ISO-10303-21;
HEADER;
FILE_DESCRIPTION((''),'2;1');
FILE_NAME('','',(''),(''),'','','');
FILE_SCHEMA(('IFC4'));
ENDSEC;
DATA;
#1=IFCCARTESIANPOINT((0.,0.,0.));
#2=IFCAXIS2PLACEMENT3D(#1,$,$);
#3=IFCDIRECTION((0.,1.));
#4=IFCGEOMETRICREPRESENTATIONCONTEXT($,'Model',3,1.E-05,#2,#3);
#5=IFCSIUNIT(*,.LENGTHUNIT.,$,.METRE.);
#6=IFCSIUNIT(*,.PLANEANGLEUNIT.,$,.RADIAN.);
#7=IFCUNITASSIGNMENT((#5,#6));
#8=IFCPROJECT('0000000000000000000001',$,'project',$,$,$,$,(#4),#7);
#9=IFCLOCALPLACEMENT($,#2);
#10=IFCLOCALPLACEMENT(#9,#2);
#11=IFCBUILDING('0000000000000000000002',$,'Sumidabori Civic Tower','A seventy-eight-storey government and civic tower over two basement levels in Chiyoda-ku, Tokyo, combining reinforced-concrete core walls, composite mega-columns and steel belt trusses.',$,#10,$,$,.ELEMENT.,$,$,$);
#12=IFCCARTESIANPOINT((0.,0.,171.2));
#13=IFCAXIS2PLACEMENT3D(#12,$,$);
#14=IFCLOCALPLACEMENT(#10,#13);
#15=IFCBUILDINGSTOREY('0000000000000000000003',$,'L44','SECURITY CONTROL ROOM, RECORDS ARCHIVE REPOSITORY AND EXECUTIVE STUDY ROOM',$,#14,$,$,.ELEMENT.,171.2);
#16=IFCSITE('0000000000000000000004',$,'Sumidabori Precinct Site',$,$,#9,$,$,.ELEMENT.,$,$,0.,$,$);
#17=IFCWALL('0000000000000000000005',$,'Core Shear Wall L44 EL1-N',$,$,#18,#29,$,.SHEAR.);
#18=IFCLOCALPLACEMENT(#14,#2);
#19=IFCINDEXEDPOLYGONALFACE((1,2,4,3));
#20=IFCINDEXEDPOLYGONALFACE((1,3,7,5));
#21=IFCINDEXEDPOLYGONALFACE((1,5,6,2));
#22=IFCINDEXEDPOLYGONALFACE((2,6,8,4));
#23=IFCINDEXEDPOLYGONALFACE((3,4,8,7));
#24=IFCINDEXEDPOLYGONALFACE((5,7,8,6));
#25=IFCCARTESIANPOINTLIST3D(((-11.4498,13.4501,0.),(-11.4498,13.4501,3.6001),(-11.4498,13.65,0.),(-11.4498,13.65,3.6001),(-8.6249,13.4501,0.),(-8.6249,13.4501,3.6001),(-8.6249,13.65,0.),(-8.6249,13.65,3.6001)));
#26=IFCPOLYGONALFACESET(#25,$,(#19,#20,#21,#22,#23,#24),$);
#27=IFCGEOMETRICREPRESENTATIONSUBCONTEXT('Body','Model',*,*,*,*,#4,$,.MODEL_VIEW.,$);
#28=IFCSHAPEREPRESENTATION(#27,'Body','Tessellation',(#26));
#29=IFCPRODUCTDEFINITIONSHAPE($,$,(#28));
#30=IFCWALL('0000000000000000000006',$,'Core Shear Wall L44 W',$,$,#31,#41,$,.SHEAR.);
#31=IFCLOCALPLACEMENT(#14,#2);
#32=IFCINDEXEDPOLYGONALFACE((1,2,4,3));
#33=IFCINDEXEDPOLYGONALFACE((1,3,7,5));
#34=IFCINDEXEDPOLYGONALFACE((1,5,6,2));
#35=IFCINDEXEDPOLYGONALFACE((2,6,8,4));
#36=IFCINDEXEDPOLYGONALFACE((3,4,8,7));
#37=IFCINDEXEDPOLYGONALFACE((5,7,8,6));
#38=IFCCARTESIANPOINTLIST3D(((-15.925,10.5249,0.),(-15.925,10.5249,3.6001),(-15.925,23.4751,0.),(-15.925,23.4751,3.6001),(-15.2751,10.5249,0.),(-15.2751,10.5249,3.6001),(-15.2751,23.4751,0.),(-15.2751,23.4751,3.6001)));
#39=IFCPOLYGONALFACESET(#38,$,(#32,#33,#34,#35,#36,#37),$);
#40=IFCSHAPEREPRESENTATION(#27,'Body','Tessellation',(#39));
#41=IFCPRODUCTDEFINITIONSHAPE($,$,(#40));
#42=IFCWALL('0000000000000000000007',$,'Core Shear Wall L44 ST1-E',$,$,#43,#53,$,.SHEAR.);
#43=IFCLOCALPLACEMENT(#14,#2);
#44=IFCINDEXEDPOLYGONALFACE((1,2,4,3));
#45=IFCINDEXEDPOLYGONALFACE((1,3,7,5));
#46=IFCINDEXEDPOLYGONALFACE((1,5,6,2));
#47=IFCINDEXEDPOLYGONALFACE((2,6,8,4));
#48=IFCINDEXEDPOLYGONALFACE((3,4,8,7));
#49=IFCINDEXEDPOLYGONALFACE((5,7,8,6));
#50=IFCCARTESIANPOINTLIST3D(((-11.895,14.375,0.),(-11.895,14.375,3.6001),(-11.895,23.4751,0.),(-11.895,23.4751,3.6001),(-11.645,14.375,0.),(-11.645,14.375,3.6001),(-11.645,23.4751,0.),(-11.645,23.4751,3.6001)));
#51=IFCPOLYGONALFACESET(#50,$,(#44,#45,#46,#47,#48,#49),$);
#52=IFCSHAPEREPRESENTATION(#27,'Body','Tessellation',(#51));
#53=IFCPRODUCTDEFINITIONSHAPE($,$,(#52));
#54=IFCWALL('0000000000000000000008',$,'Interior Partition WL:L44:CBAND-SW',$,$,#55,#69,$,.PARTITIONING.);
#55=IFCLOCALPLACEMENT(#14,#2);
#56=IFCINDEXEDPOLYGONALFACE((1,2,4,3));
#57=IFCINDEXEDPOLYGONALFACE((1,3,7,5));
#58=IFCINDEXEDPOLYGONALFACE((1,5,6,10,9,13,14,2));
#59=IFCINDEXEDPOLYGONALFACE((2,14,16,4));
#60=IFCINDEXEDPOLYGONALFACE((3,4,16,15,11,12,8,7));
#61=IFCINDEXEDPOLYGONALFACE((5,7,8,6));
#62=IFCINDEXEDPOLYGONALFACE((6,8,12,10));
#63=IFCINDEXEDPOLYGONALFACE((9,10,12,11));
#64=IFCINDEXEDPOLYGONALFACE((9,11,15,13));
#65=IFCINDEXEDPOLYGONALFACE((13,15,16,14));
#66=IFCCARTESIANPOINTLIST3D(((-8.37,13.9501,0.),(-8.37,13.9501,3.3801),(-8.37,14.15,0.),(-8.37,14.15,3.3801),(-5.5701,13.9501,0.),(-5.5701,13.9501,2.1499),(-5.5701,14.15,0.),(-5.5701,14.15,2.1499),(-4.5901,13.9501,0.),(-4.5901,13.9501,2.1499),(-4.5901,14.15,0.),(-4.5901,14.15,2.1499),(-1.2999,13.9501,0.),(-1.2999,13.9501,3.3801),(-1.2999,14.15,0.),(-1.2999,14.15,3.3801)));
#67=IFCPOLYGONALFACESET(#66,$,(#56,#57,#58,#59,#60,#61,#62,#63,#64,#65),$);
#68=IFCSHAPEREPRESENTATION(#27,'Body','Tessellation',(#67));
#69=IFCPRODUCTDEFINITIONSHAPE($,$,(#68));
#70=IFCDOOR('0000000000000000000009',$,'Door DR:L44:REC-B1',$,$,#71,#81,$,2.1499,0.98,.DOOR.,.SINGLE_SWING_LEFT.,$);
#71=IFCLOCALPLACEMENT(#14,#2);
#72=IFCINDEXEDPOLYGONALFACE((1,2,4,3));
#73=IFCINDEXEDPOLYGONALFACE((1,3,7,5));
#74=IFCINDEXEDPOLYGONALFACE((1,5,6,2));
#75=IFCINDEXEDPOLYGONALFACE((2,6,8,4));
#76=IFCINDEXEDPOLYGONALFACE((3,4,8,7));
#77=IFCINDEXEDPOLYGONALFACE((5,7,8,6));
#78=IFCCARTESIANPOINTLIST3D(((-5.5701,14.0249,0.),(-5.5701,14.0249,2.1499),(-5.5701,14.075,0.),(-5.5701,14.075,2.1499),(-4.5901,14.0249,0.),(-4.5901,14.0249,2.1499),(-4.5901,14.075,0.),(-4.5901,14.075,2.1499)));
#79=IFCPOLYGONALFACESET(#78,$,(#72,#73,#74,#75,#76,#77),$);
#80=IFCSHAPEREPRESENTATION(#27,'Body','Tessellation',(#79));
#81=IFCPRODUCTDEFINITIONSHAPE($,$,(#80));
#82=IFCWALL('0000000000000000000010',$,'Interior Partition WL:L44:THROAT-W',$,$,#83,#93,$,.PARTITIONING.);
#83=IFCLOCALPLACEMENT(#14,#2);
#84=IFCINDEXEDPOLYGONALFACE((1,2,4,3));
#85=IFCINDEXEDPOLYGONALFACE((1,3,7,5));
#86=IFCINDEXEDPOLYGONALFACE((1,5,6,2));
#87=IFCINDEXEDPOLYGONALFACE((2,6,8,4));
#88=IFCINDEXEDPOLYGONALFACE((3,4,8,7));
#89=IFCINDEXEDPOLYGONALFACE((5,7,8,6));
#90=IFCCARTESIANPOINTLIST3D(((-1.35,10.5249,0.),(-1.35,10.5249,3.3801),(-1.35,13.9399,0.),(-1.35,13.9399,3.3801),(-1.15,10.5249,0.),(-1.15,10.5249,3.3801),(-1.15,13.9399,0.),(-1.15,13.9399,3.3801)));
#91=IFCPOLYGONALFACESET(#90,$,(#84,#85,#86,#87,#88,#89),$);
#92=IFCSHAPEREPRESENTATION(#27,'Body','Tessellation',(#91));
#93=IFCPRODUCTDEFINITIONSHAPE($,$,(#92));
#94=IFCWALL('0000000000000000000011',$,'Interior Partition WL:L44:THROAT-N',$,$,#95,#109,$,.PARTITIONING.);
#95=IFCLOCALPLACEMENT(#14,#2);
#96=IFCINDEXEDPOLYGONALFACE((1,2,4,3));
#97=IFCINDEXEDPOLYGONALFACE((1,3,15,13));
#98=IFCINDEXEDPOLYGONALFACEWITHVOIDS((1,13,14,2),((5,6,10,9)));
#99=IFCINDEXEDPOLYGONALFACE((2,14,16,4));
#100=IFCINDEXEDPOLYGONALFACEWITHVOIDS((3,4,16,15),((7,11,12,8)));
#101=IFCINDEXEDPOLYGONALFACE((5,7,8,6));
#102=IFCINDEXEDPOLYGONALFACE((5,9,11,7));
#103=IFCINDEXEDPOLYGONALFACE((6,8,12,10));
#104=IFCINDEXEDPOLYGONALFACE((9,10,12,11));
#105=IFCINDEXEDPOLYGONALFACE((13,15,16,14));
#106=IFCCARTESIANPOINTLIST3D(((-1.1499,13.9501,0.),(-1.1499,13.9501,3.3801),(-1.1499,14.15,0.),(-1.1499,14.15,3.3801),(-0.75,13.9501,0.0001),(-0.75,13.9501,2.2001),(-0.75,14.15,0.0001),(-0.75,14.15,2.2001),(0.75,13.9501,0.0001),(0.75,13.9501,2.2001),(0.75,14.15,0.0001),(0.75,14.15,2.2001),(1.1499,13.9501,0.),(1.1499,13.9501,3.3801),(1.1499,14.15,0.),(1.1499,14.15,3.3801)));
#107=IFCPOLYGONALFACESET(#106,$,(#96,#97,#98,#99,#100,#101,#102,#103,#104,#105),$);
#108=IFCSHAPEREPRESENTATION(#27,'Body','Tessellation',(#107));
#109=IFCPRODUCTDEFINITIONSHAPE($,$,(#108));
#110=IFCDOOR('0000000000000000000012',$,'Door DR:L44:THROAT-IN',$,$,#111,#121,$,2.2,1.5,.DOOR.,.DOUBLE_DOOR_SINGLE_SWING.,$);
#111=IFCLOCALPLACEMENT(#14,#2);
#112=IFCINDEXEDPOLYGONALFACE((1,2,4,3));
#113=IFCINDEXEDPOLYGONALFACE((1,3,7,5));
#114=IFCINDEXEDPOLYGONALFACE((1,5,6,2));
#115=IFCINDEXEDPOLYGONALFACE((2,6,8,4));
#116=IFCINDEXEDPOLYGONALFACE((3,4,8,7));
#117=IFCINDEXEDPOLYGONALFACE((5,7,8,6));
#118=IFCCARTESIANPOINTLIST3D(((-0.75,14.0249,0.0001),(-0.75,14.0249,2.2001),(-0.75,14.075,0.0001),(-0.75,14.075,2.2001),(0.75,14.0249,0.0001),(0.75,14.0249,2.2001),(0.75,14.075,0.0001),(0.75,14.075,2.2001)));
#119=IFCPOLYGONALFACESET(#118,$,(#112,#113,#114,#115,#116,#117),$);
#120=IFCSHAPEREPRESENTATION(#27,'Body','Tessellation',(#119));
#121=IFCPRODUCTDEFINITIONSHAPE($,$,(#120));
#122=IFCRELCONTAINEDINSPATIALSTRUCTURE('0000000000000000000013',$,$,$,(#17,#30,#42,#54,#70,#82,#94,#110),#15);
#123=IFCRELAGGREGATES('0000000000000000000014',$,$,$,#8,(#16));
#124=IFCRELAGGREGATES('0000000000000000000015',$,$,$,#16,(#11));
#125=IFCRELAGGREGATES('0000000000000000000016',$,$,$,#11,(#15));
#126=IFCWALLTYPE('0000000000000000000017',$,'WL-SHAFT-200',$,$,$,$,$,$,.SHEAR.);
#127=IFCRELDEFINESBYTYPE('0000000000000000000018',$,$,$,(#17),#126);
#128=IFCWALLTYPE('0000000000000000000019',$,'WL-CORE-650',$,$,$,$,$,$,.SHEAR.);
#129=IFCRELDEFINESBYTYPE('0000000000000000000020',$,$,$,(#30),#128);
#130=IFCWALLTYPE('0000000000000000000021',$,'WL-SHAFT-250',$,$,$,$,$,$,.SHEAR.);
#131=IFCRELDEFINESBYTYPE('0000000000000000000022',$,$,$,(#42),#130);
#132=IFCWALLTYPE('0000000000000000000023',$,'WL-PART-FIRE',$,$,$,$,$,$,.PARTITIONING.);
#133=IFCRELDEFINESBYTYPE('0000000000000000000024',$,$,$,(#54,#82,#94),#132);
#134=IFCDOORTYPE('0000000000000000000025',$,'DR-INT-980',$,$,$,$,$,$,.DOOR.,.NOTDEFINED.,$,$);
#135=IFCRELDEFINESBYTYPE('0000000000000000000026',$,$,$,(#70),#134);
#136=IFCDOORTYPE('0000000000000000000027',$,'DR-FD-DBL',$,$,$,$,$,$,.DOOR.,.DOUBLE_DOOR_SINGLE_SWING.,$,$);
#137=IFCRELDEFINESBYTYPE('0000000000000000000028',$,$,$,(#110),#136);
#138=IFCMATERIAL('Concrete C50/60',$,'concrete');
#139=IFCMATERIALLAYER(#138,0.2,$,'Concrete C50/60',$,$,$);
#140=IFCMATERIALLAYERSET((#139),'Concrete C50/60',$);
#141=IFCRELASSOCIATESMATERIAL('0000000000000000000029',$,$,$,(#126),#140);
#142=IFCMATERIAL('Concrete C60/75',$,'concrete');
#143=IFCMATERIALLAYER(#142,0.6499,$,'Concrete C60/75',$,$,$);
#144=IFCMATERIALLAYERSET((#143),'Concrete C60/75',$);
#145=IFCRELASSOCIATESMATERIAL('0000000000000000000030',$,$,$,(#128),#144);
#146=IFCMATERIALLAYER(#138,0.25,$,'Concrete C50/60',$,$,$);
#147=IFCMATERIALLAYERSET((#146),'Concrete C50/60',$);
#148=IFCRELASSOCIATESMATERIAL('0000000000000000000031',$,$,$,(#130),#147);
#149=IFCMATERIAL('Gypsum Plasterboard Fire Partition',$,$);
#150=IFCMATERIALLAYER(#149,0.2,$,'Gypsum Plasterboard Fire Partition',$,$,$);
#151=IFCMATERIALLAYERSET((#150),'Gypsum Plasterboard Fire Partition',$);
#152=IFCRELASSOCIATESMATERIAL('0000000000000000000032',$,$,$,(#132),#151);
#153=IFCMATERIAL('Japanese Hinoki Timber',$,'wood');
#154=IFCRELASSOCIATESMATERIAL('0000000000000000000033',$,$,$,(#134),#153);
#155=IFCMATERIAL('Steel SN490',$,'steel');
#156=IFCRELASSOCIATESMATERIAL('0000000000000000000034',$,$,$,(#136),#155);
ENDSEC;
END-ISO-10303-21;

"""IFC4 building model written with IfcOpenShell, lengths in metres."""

from ifc_helpers import new_model, si_unit, direction, frame, frame_2d, origin, place, context, subcontext, project, spatial, rectangle, extrude, source, transform, mapped, material, layer, layer_set, type_object, element, fill, save


model = new_model("IFC4")

# Units and contexts
model_context = context("Model", 3, precision=1e-05, world=origin(), true_north=direction((0.0, 1.0)))
body_context = subcontext(model_context, "Body", "Model", "MODEL_VIEW")
ifc_project = project(units=[si_unit("LENGTHUNIT", "METRE"), si_unit("PLANEANGLEUNIT", "RADIAN")], contexts=[model_context])

# Site, building, storey
site_placement = place(None, origin())
site = spatial("IfcSite", under=ifc_project, at=site_placement, Name="Sumidabori Precinct Site", CompositionType="ELEMENT", RefElevation=0.0)
building_placement = place(site_placement, origin())
building = spatial("IfcBuilding", under=site, at=building_placement, Name="Sumidabori Civic Tower", Description="A seventy-eight-storey government and civic tower over two basement levels in Chiyoda-ku, Tokyo, combining reinforced-concrete core walls, composite mega-columns and steel belt trusses.", CompositionType="ELEMENT")
storey_placement = place(building_placement, frame((0.0, 0.0, 171.2)))
storey = spatial("IfcBuildingStorey", under=building, at=storey_placement, Name="L44", Description="SECURITY CONTROL ROOM, RECORDS ARCHIVE REPOSITORY AND EXECUTIVE STUDY ROOM", CompositionType="ELEMENT", Elevation=171.2)

# Walls
ifc_material_1 = material(Name="Concrete C50/60", Category="concrete")
ifc_layer_1 = layer(ifc_material_1, 0.2, Name="Concrete C50/60")
ifc_layer_set_1 = layer_set([ifc_layer_1], Name="Concrete C50/60")
wall_type_1 = type_object("IfcWallType", Name="WL-SHAFT-200", PredefinedType="SHEAR", material=ifc_layer_set_1)
shared_shape_1 = source(origin(), body_context, "Body", "SweptSolid", [
    extrude(rectangle(XDim=2.825, YDim=0.2, at=frame_2d((1.4126, 0.0))), origin(), (0.0, 0.0, 1.0), 3.6001),
])
wall_1_placement = place(storey_placement, frame((-11.45, 13.55, 0.0), z_axis=(0.0, 0.0, 1.0), x_axis=(1.0, 0.0, 0.0)))
element("IfcWall", 1, at=wall_1_placement, inside=storey, type_object=wall_type_1, Name="Core Shear Wall L44 EL1-N", PredefinedType="SHEAR", context=body_context, shape_type="MappedRepresentation", body=[
    mapped(shared_shape_1, transform((0.0, 0.0, 0.0), x_axis=(1.0, 0.0, 0.0), y_axis=(0.0, 1.0, 0.0), z_axis=(0.0, 0.0, 1.0), scale=1.0)),
])
ifc_material_2 = material(Name="Concrete C60/75", Category="concrete")
ifc_layer_2 = layer(ifc_material_2, 0.6499, Name="Concrete C60/75")
ifc_layer_set_2 = layer_set([ifc_layer_2], Name="Concrete C60/75")
wall_type_2 = type_object("IfcWallType", Name="WL-CORE-650", PredefinedType="SHEAR", material=ifc_layer_set_2)
shared_shape_2 = source(origin(), body_context, "Body", "SweptSolid", [
    extrude(rectangle(XDim=12.9502, YDim=0.6499, at=frame_2d((6.4751, 0.0))), origin(), (0.0, 0.0, 1.0), 3.6001),
])
wall_2_placement = place(storey_placement, frame((-15.6001, 10.5249, 0.0), z_axis=(0.0, 0.0, 1.0), x_axis=(0.0, 1.0, 0.0)))
element("IfcWall", 2, at=wall_2_placement, inside=storey, type_object=wall_type_2, Name="Core Shear Wall L44 W", PredefinedType="SHEAR", context=body_context, shape_type="MappedRepresentation", body=[
    mapped(shared_shape_2, transform((0.0, 0.0, 0.0), x_axis=(1.0, 0.0, 0.0), y_axis=(0.0, 1.0, 0.0), z_axis=(0.0, 0.0, 1.0), scale=1.0)),
])

# Shared definitions
ifc_layer_3 = layer(ifc_material_1, 0.25, Name="Concrete C50/60")
ifc_layer_set_3 = layer_set([ifc_layer_3], Name="Concrete C50/60")
wall_type_3 = type_object("IfcWallType", Name="WL-SHAFT-250", PredefinedType="SHEAR", material=ifc_layer_set_3)

# Shared definitions
ifc_material_3 = material(Name="Steel SN490", Category="steel")

# Wall
shared_shape_3 = source(origin(), body_context, "Body", "SweptSolid", [
    extrude(rectangle(XDim=9.1001, YDim=0.25, at=frame_2d((4.55, 0.0))), origin(), (0.0, 0.0, 1.0), 3.6001),
])
wall_3_placement = place(storey_placement, frame((-11.77, 14.375, 0.0), z_axis=(0.0, 0.0, 1.0), x_axis=(0.0, 1.0, 0.0)))
element("IfcWall", 3, at=wall_3_placement, inside=storey, type_object=wall_type_3, Name="Core Shear Wall L44 ST1-E", PredefinedType="SHEAR", context=body_context, shape_type="MappedRepresentation", body=[
    mapped(shared_shape_3, transform((0.0, 0.0, 0.0), x_axis=(1.0, 0.0, 0.0), y_axis=(0.0, 1.0, 0.0), z_axis=(0.0, 0.0, 1.0), scale=1.0)),
])

# Wall, opening, door
ifc_material_4 = material(Name="Gypsum Plasterboard Fire Partition")
ifc_layer_4 = layer(ifc_material_4, 0.2, Name="Gypsum Plasterboard Fire Partition")
ifc_layer_set_4 = layer_set([ifc_layer_4], Name="Gypsum Plasterboard Fire Partition")
wall_type_4 = type_object("IfcWallType", Name="WL-PART-FIRE", PredefinedType="PARTITIONING", material=ifc_layer_set_4)
shared_shape_4 = source(origin(), body_context, "Body", "SweptSolid", [
    extrude(rectangle(XDim=7.0701, YDim=0.2, at=frame_2d((3.5352, 0.0))), origin(), (0.0, 0.0, 1.0), 3.3801),
])
wall_4_placement = place(storey_placement, frame((-8.3701, 14.05, 0.0), z_axis=(0.0, 0.0, 1.0), x_axis=(1.0, 0.0, 0.0)))
wall_4 = element("IfcWall", 4, at=wall_4_placement, inside=storey, type_object=wall_type_4, Name="Interior Partition WL:L44:CBAND-SW", PredefinedType="PARTITIONING", context=body_context, shape_type="MappedRepresentation", body=[
    mapped(shared_shape_4, transform((0.0, 0.0, 0.0), x_axis=(1.0, 0.0, 0.0), y_axis=(0.0, 1.0, 0.0), z_axis=(0.0, 0.0, 1.0), scale=1.0)),
])
opening_1_placement = place(wall_4_placement, frame((2.8, 0.0, 0.0)))
opening_1 = element("IfcOpeningElement", 5, at=opening_1_placement, cuts=wall_4, PredefinedType="OPENING", context=body_context, shape_type="SweptSolid", body=[
    extrude(rectangle(XDim=0.98, YDim=2.1499, at=frame_2d((0.49, 1.075))), frame((0.0, 0.1118, 0.0), z_axis=(0.0, -1.0, 0.0), x_axis=(1.0, 0.0, 0.0)), (0.0, 0.0, 1.0), 0.2239),
])
ifc_material_5 = material(Name="Japanese Hinoki Timber", Category="wood")
door_type_1 = type_object("IfcDoorType", Name="DR-INT-980", OperationType="NOTDEFINED", PredefinedType="DOOR", material=ifc_material_5)
shared_shape_5 = source(origin(), body_context, "Body", "SweptSolid", [
    extrude(rectangle(XDim=0.98, YDim=2.1499, at=frame_2d((0.49, 1.075))), frame((0.0, 0.0249, 0.0), z_axis=(0.0, -1.0, 0.0), x_axis=(1.0, 0.0, 0.0)), (0.0, 0.0, 1.0), 0.05),
])
door_1_placement = place(opening_1_placement, origin())
door_1 = element("IfcDoor", 6, at=door_1_placement, inside=storey, type_object=door_type_1, Name="Door DR:L44:REC-B1", OperationType="SINGLE_SWING_LEFT", OverallHeight=2.1499, OverallWidth=0.98, PredefinedType="DOOR", context=body_context, shape_type="MappedRepresentation", body=[
    mapped(shared_shape_5, transform((0.0, 0.0, 0.0), x_axis=(1.0, 0.0, 0.0), y_axis=(0.0, 1.0, 0.0), z_axis=(0.0, 0.0, 1.0), scale=1.0)),
])
fill(opening_1, door_1)

# Wall
shared_shape_6 = source(origin(), body_context, "Body", "SweptSolid", [
    extrude(rectangle(XDim=3.415, YDim=0.2, at=frame_2d((1.7075, 0.0))), origin(), (0.0, 0.0, 1.0), 3.3801),
])
wall_5_placement = place(storey_placement, frame((-1.25, 10.5249, 0.0), z_axis=(0.0, 0.0, 1.0), x_axis=(0.0, 1.0, 0.0)))
element("IfcWall", 7, at=wall_5_placement, inside=storey, type_object=wall_type_4, Name="Interior Partition WL:L44:THROAT-W", PredefinedType="PARTITIONING", context=body_context, shape_type="MappedRepresentation", body=[
    mapped(shared_shape_6, transform((0.0, 0.0, 0.0), x_axis=(1.0, 0.0, 0.0), y_axis=(0.0, 1.0, 0.0), z_axis=(0.0, 0.0, 1.0), scale=1.0)),
])

# Wall, opening, door
shared_shape_7 = source(origin(), body_context, "Body", "SweptSolid", [
    extrude(rectangle(XDim=2.2998, YDim=0.2, at=frame_2d((1.1499, 0.0))), origin(), (0.0, 0.0, 1.0), 3.3801),
])
wall_6_placement = place(storey_placement, frame((-1.1499, 14.05, 0.0), z_axis=(0.0, 0.0, 1.0), x_axis=(1.0, 0.0, 0.0)))
wall_6 = element("IfcWall", 8, at=wall_6_placement, inside=storey, type_object=wall_type_4, Name="Interior Partition WL:L44:THROAT-N", PredefinedType="PARTITIONING", context=body_context, shape_type="MappedRepresentation", body=[
    mapped(shared_shape_7, transform((0.0, 0.0, 0.0), x_axis=(1.0, 0.0, 0.0), y_axis=(0.0, 1.0, 0.0), z_axis=(0.0, 0.0, 1.0), scale=1.0)),
])
opening_2_placement = place(wall_6_placement, frame((0.3999, 0.0, 0.0)))
opening_2 = element("IfcOpeningElement", 9, at=opening_2_placement, cuts=wall_6, PredefinedType="OPENING", context=body_context, shape_type="SweptSolid", body=[
    extrude(rectangle(XDim=1.5, YDim=2.2, at=frame_2d((0.75, 1.1001))), frame((0.0, 0.1118, 0.0), z_axis=(0.0, -1.0, 0.0), x_axis=(1.0, 0.0, 0.0)), (0.0, 0.0, 1.0), 0.2239),
])
door_type_2 = type_object("IfcDoorType", Name="DR-FD-DBL", OperationType="DOUBLE_DOOR_SINGLE_SWING", PredefinedType="DOOR", material=ifc_material_3)
shared_shape_8 = source(origin(), body_context, "Body", "SweptSolid", [
    extrude(rectangle(XDim=1.5, YDim=2.2, at=frame_2d((0.75, 1.1001))), frame((0.0, 0.0249, 0.0), z_axis=(0.0, -1.0, 0.0), x_axis=(1.0, 0.0, 0.0)), (0.0, 0.0, 1.0), 0.05),
])
door_2_placement = place(opening_2_placement, origin())
door_2 = element("IfcDoor", 10, at=door_2_placement, inside=storey, type_object=door_type_2, Name="Door DR:L44:THROAT-IN", OperationType="DOUBLE_DOOR_SINGLE_SWING", OverallHeight=2.2, OverallWidth=1.5, PredefinedType="DOOR", context=body_context, shape_type="MappedRepresentation", body=[
    mapped(shared_shape_8, transform((0.0, 0.0, 0.0), x_axis=(1.0, 0.0, 0.0), y_axis=(0.0, 1.0, 0.0), z_axis=(0.0, 0.0, 1.0), scale=1.0)),
])
fill(opening_2, door_2)

save(model, "model.ifc")
